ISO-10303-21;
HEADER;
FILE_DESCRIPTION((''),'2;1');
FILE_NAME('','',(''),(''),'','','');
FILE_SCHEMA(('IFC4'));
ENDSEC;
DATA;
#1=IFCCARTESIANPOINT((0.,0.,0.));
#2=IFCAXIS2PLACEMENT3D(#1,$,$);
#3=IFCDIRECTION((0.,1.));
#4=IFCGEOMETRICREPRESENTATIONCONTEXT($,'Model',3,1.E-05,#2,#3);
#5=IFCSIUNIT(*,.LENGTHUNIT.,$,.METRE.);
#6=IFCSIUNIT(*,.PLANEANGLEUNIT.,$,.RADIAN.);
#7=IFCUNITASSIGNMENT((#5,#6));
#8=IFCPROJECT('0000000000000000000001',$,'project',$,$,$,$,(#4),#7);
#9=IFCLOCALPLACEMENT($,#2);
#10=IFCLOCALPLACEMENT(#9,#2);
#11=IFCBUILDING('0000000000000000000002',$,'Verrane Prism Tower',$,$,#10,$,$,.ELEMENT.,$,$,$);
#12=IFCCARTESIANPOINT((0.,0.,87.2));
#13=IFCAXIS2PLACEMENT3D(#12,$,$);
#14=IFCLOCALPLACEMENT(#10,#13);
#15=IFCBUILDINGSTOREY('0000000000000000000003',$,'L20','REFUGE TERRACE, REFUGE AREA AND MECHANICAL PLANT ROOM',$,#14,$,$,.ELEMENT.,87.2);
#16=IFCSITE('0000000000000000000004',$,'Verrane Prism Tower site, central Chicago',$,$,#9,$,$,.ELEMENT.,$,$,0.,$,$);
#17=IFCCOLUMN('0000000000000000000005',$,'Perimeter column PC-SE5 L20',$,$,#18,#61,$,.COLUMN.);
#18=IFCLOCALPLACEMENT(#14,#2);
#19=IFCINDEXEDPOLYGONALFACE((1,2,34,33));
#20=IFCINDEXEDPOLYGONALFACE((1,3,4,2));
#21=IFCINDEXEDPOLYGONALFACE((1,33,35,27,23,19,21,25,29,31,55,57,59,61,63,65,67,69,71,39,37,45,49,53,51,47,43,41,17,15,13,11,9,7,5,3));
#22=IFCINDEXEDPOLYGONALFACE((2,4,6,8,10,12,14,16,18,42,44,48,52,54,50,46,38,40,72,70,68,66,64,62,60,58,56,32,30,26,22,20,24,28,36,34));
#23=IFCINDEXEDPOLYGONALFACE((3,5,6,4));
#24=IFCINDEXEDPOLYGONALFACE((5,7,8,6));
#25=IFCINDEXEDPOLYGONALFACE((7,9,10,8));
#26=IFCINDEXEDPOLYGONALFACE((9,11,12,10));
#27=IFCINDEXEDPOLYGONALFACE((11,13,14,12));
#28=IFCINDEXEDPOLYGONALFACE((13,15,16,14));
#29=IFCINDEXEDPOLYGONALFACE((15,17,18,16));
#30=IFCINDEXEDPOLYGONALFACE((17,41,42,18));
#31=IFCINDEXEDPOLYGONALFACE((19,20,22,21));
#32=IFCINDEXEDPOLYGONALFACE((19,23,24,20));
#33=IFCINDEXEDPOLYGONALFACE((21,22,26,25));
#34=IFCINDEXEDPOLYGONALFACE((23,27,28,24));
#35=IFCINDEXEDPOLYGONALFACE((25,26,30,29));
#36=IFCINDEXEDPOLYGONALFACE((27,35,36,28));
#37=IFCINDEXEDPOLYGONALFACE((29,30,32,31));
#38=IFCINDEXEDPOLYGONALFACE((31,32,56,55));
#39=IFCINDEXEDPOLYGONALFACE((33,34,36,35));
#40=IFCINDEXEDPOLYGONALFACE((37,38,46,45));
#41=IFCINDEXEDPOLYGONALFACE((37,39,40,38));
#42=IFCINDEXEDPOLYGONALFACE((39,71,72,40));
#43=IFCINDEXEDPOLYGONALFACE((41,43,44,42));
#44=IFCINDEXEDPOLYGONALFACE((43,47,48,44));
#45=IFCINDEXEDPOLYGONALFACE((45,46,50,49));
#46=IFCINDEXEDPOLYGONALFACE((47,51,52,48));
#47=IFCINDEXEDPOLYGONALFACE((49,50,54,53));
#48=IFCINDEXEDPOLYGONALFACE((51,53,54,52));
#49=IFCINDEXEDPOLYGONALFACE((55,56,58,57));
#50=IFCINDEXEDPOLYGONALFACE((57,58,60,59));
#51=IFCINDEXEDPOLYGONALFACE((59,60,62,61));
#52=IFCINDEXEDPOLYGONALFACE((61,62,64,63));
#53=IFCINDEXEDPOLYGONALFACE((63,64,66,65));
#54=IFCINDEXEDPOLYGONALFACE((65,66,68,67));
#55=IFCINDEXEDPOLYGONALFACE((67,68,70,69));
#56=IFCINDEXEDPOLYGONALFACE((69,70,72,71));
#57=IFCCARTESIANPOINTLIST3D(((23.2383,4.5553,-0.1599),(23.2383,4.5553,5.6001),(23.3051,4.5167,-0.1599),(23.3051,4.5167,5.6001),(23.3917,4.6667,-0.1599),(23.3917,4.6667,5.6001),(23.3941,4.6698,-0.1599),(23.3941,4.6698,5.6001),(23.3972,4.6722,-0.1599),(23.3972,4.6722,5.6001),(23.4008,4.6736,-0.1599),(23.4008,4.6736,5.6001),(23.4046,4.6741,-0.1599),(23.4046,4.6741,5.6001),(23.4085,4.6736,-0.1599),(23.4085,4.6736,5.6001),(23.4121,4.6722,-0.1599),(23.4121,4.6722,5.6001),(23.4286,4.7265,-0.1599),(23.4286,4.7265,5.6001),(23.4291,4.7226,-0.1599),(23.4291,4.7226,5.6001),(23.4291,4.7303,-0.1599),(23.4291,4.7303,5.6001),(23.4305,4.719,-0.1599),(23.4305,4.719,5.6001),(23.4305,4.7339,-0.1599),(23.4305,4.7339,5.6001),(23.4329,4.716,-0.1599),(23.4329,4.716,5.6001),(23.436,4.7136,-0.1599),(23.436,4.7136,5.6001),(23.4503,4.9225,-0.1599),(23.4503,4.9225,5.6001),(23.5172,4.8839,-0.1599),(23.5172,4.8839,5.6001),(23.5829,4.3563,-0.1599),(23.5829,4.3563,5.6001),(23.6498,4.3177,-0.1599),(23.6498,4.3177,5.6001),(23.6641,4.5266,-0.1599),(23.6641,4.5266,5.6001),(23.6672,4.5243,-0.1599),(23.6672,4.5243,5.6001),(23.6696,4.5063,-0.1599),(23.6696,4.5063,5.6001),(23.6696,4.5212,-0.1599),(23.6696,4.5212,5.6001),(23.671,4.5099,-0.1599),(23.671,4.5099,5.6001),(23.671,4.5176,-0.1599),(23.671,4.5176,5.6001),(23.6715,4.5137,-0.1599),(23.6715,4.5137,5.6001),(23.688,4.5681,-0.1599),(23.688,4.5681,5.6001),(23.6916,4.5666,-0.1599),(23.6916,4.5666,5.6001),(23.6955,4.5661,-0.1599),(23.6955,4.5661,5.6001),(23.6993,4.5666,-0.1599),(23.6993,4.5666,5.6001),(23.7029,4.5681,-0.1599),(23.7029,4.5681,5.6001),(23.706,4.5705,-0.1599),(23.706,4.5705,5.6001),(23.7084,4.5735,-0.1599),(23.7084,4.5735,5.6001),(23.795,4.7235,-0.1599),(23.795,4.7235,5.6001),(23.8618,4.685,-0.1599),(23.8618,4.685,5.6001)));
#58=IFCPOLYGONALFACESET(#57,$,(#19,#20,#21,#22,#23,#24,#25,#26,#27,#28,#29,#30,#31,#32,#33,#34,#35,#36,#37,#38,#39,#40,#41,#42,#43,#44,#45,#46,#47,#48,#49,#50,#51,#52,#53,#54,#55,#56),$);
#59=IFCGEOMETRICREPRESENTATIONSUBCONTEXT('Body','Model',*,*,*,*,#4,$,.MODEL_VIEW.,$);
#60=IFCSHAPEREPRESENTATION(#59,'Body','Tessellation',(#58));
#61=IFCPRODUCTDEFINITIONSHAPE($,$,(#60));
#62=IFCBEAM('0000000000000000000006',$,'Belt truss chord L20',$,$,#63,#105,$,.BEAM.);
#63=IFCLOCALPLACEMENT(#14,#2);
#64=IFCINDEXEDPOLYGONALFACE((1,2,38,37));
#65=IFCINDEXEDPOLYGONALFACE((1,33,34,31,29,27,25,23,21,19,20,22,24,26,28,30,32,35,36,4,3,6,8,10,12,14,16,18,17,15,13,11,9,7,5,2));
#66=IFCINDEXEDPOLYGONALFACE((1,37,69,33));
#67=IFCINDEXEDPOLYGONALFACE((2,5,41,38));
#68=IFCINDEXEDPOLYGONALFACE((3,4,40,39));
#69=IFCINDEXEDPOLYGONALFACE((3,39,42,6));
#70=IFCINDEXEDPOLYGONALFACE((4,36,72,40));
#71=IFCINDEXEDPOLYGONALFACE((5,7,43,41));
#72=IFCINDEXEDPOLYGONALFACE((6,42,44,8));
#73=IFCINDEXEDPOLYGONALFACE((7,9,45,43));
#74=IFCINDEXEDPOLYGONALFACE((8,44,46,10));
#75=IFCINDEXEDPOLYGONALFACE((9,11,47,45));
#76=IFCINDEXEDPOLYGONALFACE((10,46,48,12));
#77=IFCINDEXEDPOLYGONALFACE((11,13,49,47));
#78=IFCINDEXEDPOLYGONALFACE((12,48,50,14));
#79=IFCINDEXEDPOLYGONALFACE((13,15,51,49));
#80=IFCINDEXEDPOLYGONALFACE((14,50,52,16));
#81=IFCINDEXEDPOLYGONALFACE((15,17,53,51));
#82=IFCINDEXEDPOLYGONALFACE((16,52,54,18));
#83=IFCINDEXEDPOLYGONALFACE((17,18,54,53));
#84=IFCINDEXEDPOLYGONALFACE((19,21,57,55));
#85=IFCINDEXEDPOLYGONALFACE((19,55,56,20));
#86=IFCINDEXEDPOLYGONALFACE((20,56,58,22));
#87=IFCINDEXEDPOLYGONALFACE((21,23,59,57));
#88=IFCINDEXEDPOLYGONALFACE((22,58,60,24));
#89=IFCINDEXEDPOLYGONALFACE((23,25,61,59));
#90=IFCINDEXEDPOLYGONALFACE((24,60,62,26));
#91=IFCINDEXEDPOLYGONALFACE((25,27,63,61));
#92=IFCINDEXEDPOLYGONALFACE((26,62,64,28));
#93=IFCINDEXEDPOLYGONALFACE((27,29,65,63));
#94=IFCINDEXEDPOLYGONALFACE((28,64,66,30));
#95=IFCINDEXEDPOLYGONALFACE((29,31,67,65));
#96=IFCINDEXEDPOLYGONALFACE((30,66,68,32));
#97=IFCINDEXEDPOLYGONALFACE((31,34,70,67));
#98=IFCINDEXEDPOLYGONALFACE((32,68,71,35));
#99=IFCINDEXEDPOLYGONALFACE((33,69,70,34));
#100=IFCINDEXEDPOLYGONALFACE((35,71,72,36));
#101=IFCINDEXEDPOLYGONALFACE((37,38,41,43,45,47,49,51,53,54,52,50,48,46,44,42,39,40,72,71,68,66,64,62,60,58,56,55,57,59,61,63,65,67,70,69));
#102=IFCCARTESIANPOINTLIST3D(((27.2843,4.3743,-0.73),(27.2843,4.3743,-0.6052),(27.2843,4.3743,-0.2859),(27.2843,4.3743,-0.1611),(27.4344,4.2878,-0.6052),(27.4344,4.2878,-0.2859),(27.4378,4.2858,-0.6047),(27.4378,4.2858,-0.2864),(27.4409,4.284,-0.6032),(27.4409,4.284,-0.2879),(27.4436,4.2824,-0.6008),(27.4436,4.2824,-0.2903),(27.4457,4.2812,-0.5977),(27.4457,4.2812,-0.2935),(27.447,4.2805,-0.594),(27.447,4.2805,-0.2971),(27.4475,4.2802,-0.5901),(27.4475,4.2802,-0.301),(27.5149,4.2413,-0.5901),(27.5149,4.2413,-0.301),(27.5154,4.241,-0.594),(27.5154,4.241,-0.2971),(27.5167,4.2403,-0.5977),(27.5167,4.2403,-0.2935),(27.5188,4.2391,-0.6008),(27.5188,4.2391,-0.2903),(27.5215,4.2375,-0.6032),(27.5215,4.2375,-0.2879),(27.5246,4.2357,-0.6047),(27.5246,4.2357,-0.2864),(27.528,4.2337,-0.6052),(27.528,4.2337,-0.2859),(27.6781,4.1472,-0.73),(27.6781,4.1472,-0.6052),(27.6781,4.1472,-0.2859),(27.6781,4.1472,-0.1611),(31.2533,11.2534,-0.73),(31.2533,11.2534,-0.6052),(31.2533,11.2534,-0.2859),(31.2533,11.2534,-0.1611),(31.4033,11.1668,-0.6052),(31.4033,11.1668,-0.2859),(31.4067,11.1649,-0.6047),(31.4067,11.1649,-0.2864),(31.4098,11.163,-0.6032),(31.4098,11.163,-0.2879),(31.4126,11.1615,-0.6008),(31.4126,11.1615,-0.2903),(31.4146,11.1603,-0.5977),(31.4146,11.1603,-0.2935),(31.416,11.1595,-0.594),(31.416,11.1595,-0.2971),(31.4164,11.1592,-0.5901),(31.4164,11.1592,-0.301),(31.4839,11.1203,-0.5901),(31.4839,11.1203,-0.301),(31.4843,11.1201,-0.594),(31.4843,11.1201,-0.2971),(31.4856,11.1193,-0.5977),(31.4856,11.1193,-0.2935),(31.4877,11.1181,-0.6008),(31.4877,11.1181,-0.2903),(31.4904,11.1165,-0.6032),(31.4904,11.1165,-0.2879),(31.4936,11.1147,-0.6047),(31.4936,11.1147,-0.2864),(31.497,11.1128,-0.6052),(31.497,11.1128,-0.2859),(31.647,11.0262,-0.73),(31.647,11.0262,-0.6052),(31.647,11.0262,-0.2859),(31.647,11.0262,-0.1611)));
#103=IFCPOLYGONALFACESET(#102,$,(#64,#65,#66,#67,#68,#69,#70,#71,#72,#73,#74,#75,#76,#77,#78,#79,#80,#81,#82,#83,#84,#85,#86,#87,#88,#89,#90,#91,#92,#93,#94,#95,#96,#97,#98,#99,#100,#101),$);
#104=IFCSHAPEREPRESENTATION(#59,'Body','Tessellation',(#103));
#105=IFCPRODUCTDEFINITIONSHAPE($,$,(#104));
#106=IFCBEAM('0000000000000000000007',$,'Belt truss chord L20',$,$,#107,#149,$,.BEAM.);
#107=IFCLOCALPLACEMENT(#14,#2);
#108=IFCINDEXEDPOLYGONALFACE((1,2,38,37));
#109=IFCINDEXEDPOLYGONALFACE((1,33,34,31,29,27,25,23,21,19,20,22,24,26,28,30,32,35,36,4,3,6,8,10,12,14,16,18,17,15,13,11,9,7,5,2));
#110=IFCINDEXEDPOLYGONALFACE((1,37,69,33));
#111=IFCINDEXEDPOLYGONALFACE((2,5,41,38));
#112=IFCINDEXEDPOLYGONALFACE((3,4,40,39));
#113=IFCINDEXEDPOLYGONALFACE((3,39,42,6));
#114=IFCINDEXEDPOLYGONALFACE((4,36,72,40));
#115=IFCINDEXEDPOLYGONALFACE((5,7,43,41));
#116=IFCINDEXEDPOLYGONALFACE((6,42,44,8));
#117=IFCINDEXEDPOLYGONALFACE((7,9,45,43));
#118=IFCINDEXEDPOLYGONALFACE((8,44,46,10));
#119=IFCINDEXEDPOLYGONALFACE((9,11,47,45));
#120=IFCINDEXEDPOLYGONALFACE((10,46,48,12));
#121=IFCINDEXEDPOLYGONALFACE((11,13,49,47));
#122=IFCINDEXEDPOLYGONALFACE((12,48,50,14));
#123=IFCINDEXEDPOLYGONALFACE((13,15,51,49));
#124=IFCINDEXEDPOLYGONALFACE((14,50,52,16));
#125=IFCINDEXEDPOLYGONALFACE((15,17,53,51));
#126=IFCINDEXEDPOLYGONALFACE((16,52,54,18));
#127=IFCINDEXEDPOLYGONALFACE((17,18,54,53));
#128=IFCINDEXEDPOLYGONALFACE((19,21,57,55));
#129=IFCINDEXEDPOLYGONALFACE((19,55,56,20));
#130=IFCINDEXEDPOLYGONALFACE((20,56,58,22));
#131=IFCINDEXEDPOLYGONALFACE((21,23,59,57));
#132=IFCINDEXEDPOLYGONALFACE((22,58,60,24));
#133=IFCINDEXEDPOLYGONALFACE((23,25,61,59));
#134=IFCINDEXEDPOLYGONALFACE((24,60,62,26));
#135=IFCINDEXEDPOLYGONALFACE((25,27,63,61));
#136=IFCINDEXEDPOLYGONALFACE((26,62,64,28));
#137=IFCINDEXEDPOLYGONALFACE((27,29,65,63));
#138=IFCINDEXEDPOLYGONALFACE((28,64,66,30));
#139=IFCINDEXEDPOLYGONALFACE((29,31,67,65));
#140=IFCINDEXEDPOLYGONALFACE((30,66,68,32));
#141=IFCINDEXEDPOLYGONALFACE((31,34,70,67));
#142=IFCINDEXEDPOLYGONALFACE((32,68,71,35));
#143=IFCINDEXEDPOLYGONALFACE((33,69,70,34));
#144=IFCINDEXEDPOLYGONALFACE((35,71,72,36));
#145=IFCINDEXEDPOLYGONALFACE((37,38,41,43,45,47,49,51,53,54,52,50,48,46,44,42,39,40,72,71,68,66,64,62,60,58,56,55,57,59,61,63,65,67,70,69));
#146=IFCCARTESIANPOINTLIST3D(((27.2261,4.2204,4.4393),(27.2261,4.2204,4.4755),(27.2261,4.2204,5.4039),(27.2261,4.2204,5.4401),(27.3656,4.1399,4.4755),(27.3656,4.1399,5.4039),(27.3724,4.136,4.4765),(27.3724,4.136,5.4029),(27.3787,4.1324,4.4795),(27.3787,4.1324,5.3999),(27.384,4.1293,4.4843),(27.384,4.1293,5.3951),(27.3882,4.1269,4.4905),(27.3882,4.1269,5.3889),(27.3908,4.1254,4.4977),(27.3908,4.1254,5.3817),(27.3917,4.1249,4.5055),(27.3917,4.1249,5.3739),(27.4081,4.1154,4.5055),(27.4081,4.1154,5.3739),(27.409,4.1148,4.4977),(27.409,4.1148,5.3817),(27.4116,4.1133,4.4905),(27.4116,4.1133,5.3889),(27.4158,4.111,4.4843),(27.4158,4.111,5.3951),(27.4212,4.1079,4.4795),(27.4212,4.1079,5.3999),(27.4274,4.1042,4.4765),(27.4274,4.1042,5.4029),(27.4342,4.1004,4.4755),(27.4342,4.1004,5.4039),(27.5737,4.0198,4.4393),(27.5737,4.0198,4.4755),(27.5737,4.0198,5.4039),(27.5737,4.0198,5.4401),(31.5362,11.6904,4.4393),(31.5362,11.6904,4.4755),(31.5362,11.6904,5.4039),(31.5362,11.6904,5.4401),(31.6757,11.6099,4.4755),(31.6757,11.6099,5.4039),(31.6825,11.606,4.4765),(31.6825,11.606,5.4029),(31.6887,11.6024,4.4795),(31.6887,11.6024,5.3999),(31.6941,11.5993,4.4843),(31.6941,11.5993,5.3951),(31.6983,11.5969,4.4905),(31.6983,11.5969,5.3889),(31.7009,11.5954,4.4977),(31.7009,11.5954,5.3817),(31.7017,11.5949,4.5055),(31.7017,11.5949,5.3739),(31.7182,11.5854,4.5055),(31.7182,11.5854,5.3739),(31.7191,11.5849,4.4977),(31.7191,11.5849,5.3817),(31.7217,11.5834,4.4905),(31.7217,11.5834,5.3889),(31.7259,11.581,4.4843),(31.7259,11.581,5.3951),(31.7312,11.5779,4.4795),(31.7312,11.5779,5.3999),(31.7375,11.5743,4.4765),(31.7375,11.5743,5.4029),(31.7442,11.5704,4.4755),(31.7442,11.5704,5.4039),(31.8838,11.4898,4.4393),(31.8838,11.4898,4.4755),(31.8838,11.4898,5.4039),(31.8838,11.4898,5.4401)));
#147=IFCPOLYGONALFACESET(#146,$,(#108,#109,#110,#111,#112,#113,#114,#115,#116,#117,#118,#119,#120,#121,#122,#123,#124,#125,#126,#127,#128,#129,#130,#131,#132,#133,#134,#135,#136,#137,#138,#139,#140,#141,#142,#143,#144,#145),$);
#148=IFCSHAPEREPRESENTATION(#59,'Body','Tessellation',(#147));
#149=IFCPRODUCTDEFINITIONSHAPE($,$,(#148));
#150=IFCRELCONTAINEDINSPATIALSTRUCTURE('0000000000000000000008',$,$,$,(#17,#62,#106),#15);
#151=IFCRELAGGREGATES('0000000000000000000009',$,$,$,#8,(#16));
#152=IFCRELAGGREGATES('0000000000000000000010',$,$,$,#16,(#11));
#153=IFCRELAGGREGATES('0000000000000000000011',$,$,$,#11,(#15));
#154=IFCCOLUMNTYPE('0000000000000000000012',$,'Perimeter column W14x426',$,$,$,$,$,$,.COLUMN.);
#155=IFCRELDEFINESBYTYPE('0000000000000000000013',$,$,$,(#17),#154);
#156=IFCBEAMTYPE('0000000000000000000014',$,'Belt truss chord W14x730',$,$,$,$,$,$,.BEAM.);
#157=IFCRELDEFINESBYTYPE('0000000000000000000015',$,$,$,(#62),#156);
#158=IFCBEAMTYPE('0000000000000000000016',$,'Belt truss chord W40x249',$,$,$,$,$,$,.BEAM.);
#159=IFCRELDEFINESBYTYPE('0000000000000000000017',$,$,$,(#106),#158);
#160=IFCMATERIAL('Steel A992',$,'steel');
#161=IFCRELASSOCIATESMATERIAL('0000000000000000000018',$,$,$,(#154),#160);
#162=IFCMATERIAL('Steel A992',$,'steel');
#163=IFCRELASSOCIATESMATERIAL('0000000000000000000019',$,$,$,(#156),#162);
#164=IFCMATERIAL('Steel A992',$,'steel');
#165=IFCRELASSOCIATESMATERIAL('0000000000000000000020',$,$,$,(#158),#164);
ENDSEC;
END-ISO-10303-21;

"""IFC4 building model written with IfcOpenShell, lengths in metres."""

from ifc_helpers import new_model, si_unit, direction, frame, origin, origin_2d, place, context, subcontext, project, spatial, i_section, extrude, material, material_profile, profile_set, type_object, element, save


model = new_model("IFC4")

# Units and contexts
model_context = context("Model", 3, precision=1e-05, world=origin(), true_north=direction((0.0, 1.0)))
body_context = subcontext(model_context, "Body", "Model", "MODEL_VIEW")
ifc_project = project(units=[si_unit("LENGTHUNIT", "METRE"), si_unit("PLANEANGLEUNIT", "RADIAN")], contexts=[model_context])

# Site, building, storey
site_placement = place(None, origin())
site = spatial("IfcSite", under=ifc_project, at=site_placement, Name="Verrane Prism Tower site, central Chicago", CompositionType="ELEMENT", RefElevation=0.0)
building_placement = place(site_placement, origin())
building = spatial("IfcBuilding", under=site, at=building_placement, Name="Verrane Prism Tower", CompositionType="ELEMENT")
storey_placement = place(building_placement, frame((0.0, 0.0, 87.2)))
storey = spatial("IfcBuildingStorey", under=building, at=storey_placement, Name="L20", Description="REFUGE TERRACE, REFUGE AREA AND MECHANICAL PLANT ROOM", CompositionType="ELEMENT", Elevation=87.2)

# Column
ifc_material_1 = material(Name="Steel A992", Category="steel")
ifc_material_profile_1 = material_profile(ifc_material_1, i_section(OverallWidth=0.4241, OverallDepth=0.4751, WebThickness=0.0479, FlangeThickness=0.0771, FilletRadius=0.0149, at=origin_2d()), Name="W14x426")
ifc_profile_set_1 = profile_set([ifc_material_profile_1], Name="Steel A992")
column_type_1 = type_object("IfcColumnType", Name="Perimeter column W14x426", PredefinedType="COLUMN", material=ifc_profile_set_1)
column_1_placement = place(storey_placement, frame((23.55, 4.6201, -0.1599), z_axis=(0.0, 0.0, 1.0), x_axis=(-0.5, -0.866025, 0.0)))
element("IfcColumn", 1, at=column_1_placement, inside=storey, type_object=column_type_1, Name="Perimeter column PC-SE5 L20", PredefinedType="COLUMN", context=body_context, shape_type="SweptSolid", body=[
    extrude(i_section(OverallWidth=0.4241, OverallDepth=0.4751, WebThickness=0.0479, FlangeThickness=0.0771, FilletRadius=0.0149, at=origin_2d()), origin(), (0.0, 0.0, 1.0), 5.76),
])

# Beams
ifc_material_2 = material(Name="Steel A992", Category="steel")
ifc_material_profile_2 = material_profile(ifc_material_2, i_section(OverallWidth=0.4546, OverallDepth=0.5688, WebThickness=0.0779, FlangeThickness=0.1248, FilletRadius=0.0151, at=origin_2d()), Name="W14x730")
ifc_profile_set_2 = profile_set([ifc_material_profile_2], Name="Steel A992")
beam_type_1 = type_object("IfcBeamType", Name="Belt truss chord W14x730", PredefinedType="BEAM", material=ifc_profile_set_2)
beam_1_placement = place(storey_placement, frame((27.4812, 4.2607, -0.4456), z_axis=(0.499746, 0.866172, 0.0), x_axis=(-0.866172, 0.499746, 0.0)))
element("IfcBeam", 2, at=beam_1_placement, inside=storey, type_object=beam_type_1, Name="Belt truss chord L20", PredefinedType="BEAM", context=body_context, shape_type="SweptSolid", body=[
    extrude(i_section(OverallWidth=0.4546, OverallDepth=0.5688, WebThickness=0.0779, FlangeThickness=0.1248, FilletRadius=0.0151, at=origin_2d()), origin(), (0.0, 0.0, 1.0), 7.9419),
])
ifc_material_3 = material(Name="Steel A992", Category="steel")
ifc_material_profile_3 = material_profile(ifc_material_3, i_section(OverallWidth=0.4014, OverallDepth=1.0007, WebThickness=0.019, FlangeThickness=0.0361, FilletRadius=0.03, at=origin_2d()), Name="W40x249")
ifc_profile_set_3 = profile_set([ifc_material_profile_3], Name="Steel A992")
beam_type_2 = type_object("IfcBeamType", Name="Belt truss chord W40x249", PredefinedType="BEAM", material=ifc_profile_set_3)
beam_2_placement = place(storey_placement, frame((27.3999, 4.1201, 4.9397), z_axis=(0.499762, 0.866162, 0.0), x_axis=(-0.866162, 0.499762, 0.0)))
element("IfcBeam", 3, at=beam_2_placement, inside=storey, type_object=beam_type_2, Name="Belt truss chord L20", PredefinedType="BEAM", context=body_context, shape_type="SweptSolid", body=[
    extrude(i_section(OverallWidth=0.4014, OverallDepth=1.0007, WebThickness=0.019, FlangeThickness=0.0361, FilletRadius=0.03, at=origin_2d()), origin(), (0.0, 0.0, 1.0), 8.6243),
])

save(model, "model.ifc")
